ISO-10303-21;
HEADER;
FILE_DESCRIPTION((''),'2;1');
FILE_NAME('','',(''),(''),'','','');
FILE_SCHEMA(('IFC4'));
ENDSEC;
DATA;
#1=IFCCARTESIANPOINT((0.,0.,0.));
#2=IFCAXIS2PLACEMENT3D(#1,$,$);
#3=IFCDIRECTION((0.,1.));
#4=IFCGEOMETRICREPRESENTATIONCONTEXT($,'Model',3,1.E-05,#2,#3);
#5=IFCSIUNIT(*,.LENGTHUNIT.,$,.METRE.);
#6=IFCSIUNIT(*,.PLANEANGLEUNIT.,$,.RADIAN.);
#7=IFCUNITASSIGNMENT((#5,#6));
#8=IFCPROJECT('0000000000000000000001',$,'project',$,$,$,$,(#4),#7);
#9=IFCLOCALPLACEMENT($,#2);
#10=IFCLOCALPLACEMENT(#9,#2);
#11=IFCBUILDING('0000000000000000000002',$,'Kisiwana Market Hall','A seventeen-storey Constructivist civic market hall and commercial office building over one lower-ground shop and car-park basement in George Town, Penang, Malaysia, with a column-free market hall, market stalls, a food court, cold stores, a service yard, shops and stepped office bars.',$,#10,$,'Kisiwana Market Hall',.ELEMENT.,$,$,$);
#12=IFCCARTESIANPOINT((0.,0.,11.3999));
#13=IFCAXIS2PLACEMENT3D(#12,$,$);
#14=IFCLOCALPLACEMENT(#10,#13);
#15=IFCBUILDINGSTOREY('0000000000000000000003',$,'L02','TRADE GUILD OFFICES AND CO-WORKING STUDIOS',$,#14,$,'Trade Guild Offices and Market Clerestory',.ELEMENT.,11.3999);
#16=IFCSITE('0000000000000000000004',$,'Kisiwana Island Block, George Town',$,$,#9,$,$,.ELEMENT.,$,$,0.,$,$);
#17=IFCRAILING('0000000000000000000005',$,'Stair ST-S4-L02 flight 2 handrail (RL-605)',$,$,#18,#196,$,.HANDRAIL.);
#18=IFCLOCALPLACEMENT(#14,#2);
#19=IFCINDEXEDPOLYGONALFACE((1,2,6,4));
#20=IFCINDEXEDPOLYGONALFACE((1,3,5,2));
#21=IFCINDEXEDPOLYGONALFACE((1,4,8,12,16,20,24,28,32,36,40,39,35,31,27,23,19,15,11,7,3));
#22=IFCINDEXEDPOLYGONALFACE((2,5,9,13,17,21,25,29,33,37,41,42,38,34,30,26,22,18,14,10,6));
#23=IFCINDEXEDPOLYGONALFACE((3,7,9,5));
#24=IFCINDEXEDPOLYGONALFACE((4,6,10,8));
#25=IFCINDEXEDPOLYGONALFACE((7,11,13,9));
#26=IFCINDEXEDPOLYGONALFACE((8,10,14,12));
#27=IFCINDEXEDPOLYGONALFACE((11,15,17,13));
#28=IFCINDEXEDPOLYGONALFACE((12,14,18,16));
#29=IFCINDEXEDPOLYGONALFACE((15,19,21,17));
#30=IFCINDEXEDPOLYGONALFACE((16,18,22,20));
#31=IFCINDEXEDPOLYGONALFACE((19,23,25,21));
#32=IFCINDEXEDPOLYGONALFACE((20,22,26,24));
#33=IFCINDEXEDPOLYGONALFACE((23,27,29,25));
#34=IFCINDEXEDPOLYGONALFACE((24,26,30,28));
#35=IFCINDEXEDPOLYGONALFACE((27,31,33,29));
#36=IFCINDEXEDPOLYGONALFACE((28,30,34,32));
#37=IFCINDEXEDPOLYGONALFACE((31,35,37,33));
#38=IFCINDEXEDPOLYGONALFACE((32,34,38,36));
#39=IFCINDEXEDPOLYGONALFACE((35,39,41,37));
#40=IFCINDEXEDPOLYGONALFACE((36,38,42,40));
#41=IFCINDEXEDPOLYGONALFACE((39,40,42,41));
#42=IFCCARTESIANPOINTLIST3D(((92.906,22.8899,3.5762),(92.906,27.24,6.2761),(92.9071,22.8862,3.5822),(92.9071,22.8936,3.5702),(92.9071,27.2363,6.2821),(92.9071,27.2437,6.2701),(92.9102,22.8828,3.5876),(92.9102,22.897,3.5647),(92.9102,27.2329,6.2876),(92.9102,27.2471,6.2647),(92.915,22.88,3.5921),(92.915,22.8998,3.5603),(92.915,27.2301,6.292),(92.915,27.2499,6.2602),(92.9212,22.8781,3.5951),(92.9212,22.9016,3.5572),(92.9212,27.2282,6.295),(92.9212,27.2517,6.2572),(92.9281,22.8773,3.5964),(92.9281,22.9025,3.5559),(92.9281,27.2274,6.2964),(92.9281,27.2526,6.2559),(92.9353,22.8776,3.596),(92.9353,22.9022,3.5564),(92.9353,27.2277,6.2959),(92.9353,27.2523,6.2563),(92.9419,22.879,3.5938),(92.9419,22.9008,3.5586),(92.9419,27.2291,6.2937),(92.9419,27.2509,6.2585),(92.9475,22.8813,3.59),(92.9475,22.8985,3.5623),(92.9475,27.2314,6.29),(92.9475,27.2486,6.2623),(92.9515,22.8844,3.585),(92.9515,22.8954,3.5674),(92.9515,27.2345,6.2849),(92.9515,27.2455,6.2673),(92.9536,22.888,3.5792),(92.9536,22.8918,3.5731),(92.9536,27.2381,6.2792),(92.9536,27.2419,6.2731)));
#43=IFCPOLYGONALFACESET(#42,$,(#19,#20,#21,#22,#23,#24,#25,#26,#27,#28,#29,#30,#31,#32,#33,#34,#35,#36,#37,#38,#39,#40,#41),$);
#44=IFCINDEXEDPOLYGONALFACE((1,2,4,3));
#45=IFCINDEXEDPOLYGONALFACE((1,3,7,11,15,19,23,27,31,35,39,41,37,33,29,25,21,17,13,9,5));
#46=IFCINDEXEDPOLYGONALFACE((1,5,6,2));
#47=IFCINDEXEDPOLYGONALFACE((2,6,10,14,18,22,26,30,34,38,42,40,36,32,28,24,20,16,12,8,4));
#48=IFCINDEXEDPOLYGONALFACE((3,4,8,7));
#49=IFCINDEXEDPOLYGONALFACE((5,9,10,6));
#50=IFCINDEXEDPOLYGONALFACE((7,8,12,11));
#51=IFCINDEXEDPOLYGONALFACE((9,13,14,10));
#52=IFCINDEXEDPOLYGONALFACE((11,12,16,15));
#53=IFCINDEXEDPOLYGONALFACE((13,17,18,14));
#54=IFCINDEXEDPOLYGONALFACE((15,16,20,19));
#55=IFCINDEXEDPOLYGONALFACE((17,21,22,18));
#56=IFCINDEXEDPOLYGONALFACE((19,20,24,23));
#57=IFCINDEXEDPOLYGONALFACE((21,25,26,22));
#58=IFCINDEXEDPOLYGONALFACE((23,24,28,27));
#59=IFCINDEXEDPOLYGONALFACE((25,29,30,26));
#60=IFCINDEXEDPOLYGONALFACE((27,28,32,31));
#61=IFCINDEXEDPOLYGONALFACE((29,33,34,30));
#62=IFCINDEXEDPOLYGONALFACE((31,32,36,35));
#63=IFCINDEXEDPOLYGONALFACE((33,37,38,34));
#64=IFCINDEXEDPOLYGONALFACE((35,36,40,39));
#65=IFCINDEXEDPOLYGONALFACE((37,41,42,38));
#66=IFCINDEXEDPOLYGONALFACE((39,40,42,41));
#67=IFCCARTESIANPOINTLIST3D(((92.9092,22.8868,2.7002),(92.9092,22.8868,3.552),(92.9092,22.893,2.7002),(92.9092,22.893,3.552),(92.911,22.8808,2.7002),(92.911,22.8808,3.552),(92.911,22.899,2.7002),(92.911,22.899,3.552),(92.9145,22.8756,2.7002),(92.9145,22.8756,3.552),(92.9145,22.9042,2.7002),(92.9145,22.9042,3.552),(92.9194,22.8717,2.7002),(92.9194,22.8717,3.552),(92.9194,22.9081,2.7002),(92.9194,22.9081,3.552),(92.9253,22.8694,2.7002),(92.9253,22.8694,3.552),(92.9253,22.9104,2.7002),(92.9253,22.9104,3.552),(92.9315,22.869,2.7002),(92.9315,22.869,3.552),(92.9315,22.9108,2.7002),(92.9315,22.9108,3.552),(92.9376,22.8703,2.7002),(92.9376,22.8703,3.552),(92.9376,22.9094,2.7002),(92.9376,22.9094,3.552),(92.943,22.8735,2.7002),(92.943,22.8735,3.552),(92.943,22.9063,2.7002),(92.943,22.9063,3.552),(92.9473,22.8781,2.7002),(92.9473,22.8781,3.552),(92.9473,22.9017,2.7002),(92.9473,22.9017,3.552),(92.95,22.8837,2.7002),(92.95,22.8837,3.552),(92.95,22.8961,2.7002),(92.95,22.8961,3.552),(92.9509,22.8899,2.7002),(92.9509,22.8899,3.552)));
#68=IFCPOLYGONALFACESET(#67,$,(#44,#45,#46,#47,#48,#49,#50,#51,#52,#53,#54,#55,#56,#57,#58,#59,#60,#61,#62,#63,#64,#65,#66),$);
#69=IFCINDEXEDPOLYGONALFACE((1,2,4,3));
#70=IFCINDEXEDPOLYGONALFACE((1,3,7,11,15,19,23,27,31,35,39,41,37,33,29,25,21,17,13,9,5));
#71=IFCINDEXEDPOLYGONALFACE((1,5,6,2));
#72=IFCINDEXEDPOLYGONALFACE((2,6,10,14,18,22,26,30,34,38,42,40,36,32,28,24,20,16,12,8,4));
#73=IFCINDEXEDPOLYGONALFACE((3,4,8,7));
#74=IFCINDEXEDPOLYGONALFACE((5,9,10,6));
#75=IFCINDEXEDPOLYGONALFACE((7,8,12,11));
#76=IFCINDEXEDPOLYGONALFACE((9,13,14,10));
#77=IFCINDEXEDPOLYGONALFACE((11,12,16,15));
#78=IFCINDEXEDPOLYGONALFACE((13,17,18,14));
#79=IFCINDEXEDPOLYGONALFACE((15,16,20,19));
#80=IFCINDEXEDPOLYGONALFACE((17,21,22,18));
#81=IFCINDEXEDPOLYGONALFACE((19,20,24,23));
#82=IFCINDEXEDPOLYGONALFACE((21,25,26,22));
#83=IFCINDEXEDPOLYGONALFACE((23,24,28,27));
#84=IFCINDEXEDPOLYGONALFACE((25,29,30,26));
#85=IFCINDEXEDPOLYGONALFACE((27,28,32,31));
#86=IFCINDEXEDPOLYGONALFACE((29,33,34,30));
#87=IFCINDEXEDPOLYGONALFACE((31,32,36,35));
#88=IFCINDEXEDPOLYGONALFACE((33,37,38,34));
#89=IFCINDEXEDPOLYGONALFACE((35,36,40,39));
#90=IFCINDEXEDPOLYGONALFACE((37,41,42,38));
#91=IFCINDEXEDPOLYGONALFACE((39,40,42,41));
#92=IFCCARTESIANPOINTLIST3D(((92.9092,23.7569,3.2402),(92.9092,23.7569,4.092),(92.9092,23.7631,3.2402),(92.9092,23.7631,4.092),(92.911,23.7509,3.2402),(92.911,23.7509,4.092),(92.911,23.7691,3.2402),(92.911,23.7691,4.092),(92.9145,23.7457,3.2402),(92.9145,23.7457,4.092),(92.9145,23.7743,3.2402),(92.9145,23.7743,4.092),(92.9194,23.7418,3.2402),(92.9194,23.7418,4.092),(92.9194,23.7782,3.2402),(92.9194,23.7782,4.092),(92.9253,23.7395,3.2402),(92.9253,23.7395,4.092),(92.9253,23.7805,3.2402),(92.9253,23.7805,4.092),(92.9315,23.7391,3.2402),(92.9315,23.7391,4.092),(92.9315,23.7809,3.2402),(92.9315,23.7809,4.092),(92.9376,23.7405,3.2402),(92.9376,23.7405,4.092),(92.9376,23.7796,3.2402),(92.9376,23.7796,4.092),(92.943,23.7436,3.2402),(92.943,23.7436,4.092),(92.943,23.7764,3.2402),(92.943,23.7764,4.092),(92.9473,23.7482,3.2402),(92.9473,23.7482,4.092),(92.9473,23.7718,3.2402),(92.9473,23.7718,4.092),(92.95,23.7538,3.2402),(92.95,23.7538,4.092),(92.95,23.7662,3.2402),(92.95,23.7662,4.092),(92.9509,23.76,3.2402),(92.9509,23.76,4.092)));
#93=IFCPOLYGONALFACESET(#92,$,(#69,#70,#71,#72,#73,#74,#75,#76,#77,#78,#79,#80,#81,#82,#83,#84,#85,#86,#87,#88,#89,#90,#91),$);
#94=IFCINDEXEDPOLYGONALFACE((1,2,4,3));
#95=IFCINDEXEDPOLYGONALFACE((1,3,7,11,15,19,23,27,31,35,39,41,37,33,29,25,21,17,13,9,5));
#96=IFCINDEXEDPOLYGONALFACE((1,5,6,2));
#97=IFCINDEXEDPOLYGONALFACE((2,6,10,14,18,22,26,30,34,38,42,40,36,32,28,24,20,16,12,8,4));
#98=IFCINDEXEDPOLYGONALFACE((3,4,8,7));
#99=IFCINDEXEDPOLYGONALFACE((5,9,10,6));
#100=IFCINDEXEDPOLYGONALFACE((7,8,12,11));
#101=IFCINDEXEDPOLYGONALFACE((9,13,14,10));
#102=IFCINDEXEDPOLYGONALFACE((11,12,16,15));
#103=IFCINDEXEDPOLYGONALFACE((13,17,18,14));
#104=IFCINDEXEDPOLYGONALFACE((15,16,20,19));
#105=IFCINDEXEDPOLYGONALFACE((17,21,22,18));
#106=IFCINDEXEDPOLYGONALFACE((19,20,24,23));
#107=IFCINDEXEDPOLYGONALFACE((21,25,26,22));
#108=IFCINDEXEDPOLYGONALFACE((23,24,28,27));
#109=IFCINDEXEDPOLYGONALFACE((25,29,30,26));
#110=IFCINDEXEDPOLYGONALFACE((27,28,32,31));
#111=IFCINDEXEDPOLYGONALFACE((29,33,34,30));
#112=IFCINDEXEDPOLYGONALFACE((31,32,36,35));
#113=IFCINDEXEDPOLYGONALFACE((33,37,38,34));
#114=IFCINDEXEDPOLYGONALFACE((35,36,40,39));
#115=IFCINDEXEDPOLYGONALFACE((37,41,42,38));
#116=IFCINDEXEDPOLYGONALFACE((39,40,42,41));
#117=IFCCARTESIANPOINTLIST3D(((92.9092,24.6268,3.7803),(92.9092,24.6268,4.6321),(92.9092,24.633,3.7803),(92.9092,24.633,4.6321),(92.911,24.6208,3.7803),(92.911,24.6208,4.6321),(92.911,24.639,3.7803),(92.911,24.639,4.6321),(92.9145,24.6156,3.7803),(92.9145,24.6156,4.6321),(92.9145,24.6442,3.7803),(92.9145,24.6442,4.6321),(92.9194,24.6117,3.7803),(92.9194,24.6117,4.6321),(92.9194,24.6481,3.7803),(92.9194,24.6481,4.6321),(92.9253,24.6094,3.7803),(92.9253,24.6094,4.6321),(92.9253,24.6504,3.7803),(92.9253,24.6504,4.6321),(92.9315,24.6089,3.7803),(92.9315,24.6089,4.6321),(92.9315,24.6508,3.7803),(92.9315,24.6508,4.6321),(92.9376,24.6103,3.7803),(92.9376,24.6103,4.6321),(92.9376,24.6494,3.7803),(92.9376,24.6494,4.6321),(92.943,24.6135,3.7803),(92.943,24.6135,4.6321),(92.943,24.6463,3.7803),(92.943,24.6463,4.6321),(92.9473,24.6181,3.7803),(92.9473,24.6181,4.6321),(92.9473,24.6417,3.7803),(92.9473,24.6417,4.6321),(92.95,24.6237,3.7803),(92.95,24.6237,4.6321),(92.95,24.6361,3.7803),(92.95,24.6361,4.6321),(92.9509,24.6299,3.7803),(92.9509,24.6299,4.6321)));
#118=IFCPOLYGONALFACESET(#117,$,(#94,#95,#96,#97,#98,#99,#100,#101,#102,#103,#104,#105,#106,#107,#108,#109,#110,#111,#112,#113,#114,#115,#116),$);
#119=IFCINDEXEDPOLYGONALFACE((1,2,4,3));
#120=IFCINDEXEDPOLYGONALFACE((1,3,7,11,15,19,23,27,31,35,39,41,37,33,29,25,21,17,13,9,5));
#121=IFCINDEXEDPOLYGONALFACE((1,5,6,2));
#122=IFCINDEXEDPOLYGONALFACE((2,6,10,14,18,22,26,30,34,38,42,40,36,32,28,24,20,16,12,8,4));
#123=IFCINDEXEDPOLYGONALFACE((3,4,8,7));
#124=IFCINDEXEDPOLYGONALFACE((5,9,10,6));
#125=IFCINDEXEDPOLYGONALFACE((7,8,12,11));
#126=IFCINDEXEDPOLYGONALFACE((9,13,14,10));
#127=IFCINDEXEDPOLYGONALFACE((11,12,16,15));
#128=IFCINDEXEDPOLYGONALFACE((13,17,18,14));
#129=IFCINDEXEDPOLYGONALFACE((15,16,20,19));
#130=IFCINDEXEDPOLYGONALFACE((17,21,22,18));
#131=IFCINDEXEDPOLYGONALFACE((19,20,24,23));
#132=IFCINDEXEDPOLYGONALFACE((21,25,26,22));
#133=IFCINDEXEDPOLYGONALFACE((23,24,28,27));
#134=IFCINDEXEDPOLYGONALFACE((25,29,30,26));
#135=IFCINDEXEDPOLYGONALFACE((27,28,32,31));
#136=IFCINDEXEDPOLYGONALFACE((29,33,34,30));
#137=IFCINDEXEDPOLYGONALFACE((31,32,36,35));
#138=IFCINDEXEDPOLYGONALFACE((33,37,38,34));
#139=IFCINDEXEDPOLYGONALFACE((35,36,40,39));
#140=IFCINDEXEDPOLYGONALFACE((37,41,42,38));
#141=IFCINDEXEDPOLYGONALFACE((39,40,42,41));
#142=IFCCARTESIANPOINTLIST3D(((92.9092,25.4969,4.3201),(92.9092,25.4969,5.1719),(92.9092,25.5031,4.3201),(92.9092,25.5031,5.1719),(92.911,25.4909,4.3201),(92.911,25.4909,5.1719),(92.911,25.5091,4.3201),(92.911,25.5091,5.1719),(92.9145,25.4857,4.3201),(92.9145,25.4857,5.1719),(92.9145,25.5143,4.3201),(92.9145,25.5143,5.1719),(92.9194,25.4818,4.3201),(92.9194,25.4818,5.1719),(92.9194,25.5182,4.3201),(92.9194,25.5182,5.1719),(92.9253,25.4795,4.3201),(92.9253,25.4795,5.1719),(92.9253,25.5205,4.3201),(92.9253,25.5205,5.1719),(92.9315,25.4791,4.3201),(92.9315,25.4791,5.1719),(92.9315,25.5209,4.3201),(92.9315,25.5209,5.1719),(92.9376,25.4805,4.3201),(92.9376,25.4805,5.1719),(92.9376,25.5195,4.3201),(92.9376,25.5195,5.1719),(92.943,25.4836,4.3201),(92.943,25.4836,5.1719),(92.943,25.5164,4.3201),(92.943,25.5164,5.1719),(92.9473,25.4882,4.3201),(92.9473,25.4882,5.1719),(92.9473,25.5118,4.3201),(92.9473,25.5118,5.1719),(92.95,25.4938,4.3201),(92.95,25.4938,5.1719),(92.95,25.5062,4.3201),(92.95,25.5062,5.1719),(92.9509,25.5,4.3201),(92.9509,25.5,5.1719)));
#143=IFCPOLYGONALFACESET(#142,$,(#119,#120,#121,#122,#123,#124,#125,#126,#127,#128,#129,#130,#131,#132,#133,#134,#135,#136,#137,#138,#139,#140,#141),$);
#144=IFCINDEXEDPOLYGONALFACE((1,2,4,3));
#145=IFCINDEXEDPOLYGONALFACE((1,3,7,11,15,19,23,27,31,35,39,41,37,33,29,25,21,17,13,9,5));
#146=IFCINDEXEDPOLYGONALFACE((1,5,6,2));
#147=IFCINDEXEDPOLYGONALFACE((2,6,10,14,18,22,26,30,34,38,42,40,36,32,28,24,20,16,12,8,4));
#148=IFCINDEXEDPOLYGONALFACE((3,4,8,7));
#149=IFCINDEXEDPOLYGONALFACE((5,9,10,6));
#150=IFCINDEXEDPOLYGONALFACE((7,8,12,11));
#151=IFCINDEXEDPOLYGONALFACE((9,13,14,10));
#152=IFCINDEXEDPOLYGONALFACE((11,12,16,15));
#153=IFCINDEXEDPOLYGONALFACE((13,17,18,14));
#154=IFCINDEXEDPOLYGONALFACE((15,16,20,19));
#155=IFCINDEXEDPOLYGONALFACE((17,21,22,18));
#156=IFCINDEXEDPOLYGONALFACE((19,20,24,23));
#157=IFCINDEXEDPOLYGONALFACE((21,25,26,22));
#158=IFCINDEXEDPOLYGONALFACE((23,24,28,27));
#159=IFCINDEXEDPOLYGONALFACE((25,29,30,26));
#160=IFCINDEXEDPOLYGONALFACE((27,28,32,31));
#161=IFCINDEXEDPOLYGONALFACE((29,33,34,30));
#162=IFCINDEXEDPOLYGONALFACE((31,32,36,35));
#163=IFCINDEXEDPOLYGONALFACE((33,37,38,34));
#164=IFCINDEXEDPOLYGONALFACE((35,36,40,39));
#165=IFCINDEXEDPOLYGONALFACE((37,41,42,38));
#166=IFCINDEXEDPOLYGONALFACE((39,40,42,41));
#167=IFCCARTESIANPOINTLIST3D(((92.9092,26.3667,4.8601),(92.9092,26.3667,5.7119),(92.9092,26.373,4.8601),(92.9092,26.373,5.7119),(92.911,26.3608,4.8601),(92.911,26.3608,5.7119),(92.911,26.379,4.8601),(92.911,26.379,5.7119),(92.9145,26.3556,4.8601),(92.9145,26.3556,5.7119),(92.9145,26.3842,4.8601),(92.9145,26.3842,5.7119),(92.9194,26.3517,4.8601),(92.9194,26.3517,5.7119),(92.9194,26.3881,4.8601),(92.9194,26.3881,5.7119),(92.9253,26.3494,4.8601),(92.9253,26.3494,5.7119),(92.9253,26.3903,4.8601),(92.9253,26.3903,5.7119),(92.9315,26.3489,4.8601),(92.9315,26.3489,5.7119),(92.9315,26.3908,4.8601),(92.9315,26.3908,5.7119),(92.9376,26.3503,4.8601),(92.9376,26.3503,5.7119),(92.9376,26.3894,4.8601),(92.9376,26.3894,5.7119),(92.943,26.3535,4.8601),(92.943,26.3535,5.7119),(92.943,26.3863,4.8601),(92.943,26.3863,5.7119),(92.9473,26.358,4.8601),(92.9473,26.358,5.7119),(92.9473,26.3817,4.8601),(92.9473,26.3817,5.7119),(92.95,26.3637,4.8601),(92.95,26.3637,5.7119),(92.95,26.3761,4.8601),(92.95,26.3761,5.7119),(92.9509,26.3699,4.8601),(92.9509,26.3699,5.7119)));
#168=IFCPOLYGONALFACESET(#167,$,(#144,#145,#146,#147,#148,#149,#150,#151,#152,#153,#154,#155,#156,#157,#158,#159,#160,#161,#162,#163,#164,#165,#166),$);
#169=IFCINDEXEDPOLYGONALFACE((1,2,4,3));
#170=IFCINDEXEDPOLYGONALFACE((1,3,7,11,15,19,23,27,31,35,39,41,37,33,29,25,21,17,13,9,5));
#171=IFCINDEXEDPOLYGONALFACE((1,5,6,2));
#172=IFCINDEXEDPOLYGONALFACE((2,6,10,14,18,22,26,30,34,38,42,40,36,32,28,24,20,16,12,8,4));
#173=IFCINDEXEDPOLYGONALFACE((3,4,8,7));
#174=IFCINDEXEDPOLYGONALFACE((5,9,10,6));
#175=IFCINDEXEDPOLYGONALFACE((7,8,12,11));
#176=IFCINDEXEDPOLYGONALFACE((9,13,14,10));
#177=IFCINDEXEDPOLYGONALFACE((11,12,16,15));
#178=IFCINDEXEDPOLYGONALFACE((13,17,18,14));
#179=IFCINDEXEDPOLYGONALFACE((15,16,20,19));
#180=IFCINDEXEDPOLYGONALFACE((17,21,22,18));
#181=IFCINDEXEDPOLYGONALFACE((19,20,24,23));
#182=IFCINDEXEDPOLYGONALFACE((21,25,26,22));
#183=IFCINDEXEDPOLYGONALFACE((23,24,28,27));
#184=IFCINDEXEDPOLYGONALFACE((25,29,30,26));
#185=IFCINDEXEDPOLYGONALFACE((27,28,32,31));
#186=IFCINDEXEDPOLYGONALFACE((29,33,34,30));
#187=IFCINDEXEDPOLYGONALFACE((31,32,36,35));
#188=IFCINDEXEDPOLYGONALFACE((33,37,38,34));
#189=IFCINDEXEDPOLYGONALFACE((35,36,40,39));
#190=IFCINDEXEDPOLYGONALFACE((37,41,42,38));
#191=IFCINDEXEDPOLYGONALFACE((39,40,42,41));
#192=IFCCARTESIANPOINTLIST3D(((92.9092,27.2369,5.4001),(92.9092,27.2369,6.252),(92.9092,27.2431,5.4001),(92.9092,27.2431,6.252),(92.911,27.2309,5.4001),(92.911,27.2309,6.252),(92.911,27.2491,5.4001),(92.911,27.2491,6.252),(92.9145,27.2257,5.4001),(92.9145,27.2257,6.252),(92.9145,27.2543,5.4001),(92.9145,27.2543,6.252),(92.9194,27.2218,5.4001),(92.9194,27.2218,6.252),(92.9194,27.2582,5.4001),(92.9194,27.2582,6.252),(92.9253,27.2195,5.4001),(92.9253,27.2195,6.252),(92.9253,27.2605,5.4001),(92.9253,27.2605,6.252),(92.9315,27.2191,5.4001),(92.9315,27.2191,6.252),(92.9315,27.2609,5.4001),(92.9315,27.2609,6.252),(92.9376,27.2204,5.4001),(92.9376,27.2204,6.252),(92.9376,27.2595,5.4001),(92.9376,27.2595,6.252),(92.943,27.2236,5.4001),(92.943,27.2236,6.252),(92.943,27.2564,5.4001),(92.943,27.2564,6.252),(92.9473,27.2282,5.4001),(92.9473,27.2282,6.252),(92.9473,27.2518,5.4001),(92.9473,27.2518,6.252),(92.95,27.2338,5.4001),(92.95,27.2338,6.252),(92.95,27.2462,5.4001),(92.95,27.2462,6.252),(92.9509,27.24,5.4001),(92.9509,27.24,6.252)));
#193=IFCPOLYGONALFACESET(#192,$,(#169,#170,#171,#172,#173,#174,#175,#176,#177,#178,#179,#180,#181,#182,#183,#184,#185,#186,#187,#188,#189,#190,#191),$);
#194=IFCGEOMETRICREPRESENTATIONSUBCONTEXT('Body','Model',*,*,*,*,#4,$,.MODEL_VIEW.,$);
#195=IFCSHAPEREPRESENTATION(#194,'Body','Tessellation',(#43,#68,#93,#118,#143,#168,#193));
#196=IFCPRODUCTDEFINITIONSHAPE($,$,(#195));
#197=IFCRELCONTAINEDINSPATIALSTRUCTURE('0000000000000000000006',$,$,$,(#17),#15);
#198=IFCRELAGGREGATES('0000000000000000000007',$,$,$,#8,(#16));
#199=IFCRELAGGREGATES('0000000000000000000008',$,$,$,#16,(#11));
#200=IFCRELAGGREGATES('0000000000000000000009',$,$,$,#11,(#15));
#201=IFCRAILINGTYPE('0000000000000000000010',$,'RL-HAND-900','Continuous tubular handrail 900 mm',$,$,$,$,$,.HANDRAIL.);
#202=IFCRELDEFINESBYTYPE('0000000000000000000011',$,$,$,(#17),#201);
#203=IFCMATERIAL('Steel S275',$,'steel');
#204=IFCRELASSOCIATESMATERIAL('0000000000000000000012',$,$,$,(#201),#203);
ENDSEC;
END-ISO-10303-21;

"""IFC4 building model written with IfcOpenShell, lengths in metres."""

from ifc_helpers import new_model, si_unit, direction, frame, origin, origin_2d, place, context, subcontext, project, spatial, circle, extrude, material, type_object, element, save


model = new_model("IFC4")

# Units and contexts
model_context = context("Model", 3, precision=1e-05, world=origin(), true_north=direction((0.0, 1.0)))
body_context = subcontext(model_context, "Body", "Model", "MODEL_VIEW")
ifc_project = project(units=[si_unit("LENGTHUNIT", "METRE"), si_unit("PLANEANGLEUNIT", "RADIAN")], contexts=[model_context])

# Site, building, storey
site_placement = place(None, origin())
site = spatial("IfcSite", under=ifc_project, at=site_placement, Name="Kisiwana Island Block, George Town", CompositionType="ELEMENT", RefElevation=0.0)
building_placement = place(site_placement, origin())
building = spatial("IfcBuilding", under=site, at=building_placement, Name="Kisiwana Market Hall", Description="A seventeen-storey Constructivist civic market hall and commercial office building over one lower-ground shop and car-park basement in George Town, Penang, Malaysia, with a column-free market hall, market stalls, a food court, cold stores, a service yard, shops and stepped office bars.", LongName="Kisiwana Market Hall", CompositionType="ELEMENT")
storey_placement = place(building_placement, frame((0.0, 0.0, 11.3999)))
storey = spatial("IfcBuildingStorey", under=building, at=storey_placement, Name="L02", Description="TRADE GUILD OFFICES AND CO-WORKING STUDIOS", LongName="Trade Guild Offices and Market Clerestory", CompositionType="ELEMENT", Elevation=11.3999)

# Railing
ifc_material_1 = material(Name="Steel S275", Category="steel")
railing_type = type_object("IfcRailingType", Name="RL-HAND-900", Description="Continuous tubular handrail 900 mm", PredefinedType="HANDRAIL", material=ifc_material_1)
for number, where, name in (
    (1, (92.9299, 22.8899, 2.7002), "Stair ST-S4-L02 flight 2 handrail (RL-605)"),
):
    element("IfcRailing", number, at=place(storey_placement, frame(where)), inside=storey, type_object=railing_type, Name=name, PredefinedType="HANDRAIL", context=body_context, shape_type="SweptSolid", body=[
        extrude(circle(Radius=0.0239, at=origin_2d()), frame((0.0, 0.0, 0.876), z_axis=(0.0, 0.84965, 0.527347), x_axis=(-1.0, 0.0, 0.0)), (0.0, 0.0, 1.0), 5.1199),
        extrude(circle(Radius=0.021, at=origin_2d()), origin(), (0.0, 0.0, 1.0), 0.8518),
        extrude(circle(Radius=0.021, at=origin_2d()), frame((0.0, 0.8701, 0.54)), (0.0, 0.0, 1.0), 0.8518),
        extrude(circle(Radius=0.021, at=origin_2d()), frame((0.0, 1.74, 1.0801)), (0.0, 0.0, 1.0), 0.8518),
        extrude(circle(Radius=0.021, at=origin_2d()), frame((0.0, 2.6101, 1.6199)), (0.0, 0.0, 1.0), 0.8518),
        extrude(circle(Radius=0.021, at=origin_2d()), frame((0.0, 3.48, 2.1599)), (0.0, 0.0, 1.0), 0.8518),
        extrude(circle(Radius=0.021, at=origin_2d()), frame((0.0, 4.3501, 2.7)), (0.0, 0.0, 1.0), 0.8518),
    ])

save(model, "model.ifc")
